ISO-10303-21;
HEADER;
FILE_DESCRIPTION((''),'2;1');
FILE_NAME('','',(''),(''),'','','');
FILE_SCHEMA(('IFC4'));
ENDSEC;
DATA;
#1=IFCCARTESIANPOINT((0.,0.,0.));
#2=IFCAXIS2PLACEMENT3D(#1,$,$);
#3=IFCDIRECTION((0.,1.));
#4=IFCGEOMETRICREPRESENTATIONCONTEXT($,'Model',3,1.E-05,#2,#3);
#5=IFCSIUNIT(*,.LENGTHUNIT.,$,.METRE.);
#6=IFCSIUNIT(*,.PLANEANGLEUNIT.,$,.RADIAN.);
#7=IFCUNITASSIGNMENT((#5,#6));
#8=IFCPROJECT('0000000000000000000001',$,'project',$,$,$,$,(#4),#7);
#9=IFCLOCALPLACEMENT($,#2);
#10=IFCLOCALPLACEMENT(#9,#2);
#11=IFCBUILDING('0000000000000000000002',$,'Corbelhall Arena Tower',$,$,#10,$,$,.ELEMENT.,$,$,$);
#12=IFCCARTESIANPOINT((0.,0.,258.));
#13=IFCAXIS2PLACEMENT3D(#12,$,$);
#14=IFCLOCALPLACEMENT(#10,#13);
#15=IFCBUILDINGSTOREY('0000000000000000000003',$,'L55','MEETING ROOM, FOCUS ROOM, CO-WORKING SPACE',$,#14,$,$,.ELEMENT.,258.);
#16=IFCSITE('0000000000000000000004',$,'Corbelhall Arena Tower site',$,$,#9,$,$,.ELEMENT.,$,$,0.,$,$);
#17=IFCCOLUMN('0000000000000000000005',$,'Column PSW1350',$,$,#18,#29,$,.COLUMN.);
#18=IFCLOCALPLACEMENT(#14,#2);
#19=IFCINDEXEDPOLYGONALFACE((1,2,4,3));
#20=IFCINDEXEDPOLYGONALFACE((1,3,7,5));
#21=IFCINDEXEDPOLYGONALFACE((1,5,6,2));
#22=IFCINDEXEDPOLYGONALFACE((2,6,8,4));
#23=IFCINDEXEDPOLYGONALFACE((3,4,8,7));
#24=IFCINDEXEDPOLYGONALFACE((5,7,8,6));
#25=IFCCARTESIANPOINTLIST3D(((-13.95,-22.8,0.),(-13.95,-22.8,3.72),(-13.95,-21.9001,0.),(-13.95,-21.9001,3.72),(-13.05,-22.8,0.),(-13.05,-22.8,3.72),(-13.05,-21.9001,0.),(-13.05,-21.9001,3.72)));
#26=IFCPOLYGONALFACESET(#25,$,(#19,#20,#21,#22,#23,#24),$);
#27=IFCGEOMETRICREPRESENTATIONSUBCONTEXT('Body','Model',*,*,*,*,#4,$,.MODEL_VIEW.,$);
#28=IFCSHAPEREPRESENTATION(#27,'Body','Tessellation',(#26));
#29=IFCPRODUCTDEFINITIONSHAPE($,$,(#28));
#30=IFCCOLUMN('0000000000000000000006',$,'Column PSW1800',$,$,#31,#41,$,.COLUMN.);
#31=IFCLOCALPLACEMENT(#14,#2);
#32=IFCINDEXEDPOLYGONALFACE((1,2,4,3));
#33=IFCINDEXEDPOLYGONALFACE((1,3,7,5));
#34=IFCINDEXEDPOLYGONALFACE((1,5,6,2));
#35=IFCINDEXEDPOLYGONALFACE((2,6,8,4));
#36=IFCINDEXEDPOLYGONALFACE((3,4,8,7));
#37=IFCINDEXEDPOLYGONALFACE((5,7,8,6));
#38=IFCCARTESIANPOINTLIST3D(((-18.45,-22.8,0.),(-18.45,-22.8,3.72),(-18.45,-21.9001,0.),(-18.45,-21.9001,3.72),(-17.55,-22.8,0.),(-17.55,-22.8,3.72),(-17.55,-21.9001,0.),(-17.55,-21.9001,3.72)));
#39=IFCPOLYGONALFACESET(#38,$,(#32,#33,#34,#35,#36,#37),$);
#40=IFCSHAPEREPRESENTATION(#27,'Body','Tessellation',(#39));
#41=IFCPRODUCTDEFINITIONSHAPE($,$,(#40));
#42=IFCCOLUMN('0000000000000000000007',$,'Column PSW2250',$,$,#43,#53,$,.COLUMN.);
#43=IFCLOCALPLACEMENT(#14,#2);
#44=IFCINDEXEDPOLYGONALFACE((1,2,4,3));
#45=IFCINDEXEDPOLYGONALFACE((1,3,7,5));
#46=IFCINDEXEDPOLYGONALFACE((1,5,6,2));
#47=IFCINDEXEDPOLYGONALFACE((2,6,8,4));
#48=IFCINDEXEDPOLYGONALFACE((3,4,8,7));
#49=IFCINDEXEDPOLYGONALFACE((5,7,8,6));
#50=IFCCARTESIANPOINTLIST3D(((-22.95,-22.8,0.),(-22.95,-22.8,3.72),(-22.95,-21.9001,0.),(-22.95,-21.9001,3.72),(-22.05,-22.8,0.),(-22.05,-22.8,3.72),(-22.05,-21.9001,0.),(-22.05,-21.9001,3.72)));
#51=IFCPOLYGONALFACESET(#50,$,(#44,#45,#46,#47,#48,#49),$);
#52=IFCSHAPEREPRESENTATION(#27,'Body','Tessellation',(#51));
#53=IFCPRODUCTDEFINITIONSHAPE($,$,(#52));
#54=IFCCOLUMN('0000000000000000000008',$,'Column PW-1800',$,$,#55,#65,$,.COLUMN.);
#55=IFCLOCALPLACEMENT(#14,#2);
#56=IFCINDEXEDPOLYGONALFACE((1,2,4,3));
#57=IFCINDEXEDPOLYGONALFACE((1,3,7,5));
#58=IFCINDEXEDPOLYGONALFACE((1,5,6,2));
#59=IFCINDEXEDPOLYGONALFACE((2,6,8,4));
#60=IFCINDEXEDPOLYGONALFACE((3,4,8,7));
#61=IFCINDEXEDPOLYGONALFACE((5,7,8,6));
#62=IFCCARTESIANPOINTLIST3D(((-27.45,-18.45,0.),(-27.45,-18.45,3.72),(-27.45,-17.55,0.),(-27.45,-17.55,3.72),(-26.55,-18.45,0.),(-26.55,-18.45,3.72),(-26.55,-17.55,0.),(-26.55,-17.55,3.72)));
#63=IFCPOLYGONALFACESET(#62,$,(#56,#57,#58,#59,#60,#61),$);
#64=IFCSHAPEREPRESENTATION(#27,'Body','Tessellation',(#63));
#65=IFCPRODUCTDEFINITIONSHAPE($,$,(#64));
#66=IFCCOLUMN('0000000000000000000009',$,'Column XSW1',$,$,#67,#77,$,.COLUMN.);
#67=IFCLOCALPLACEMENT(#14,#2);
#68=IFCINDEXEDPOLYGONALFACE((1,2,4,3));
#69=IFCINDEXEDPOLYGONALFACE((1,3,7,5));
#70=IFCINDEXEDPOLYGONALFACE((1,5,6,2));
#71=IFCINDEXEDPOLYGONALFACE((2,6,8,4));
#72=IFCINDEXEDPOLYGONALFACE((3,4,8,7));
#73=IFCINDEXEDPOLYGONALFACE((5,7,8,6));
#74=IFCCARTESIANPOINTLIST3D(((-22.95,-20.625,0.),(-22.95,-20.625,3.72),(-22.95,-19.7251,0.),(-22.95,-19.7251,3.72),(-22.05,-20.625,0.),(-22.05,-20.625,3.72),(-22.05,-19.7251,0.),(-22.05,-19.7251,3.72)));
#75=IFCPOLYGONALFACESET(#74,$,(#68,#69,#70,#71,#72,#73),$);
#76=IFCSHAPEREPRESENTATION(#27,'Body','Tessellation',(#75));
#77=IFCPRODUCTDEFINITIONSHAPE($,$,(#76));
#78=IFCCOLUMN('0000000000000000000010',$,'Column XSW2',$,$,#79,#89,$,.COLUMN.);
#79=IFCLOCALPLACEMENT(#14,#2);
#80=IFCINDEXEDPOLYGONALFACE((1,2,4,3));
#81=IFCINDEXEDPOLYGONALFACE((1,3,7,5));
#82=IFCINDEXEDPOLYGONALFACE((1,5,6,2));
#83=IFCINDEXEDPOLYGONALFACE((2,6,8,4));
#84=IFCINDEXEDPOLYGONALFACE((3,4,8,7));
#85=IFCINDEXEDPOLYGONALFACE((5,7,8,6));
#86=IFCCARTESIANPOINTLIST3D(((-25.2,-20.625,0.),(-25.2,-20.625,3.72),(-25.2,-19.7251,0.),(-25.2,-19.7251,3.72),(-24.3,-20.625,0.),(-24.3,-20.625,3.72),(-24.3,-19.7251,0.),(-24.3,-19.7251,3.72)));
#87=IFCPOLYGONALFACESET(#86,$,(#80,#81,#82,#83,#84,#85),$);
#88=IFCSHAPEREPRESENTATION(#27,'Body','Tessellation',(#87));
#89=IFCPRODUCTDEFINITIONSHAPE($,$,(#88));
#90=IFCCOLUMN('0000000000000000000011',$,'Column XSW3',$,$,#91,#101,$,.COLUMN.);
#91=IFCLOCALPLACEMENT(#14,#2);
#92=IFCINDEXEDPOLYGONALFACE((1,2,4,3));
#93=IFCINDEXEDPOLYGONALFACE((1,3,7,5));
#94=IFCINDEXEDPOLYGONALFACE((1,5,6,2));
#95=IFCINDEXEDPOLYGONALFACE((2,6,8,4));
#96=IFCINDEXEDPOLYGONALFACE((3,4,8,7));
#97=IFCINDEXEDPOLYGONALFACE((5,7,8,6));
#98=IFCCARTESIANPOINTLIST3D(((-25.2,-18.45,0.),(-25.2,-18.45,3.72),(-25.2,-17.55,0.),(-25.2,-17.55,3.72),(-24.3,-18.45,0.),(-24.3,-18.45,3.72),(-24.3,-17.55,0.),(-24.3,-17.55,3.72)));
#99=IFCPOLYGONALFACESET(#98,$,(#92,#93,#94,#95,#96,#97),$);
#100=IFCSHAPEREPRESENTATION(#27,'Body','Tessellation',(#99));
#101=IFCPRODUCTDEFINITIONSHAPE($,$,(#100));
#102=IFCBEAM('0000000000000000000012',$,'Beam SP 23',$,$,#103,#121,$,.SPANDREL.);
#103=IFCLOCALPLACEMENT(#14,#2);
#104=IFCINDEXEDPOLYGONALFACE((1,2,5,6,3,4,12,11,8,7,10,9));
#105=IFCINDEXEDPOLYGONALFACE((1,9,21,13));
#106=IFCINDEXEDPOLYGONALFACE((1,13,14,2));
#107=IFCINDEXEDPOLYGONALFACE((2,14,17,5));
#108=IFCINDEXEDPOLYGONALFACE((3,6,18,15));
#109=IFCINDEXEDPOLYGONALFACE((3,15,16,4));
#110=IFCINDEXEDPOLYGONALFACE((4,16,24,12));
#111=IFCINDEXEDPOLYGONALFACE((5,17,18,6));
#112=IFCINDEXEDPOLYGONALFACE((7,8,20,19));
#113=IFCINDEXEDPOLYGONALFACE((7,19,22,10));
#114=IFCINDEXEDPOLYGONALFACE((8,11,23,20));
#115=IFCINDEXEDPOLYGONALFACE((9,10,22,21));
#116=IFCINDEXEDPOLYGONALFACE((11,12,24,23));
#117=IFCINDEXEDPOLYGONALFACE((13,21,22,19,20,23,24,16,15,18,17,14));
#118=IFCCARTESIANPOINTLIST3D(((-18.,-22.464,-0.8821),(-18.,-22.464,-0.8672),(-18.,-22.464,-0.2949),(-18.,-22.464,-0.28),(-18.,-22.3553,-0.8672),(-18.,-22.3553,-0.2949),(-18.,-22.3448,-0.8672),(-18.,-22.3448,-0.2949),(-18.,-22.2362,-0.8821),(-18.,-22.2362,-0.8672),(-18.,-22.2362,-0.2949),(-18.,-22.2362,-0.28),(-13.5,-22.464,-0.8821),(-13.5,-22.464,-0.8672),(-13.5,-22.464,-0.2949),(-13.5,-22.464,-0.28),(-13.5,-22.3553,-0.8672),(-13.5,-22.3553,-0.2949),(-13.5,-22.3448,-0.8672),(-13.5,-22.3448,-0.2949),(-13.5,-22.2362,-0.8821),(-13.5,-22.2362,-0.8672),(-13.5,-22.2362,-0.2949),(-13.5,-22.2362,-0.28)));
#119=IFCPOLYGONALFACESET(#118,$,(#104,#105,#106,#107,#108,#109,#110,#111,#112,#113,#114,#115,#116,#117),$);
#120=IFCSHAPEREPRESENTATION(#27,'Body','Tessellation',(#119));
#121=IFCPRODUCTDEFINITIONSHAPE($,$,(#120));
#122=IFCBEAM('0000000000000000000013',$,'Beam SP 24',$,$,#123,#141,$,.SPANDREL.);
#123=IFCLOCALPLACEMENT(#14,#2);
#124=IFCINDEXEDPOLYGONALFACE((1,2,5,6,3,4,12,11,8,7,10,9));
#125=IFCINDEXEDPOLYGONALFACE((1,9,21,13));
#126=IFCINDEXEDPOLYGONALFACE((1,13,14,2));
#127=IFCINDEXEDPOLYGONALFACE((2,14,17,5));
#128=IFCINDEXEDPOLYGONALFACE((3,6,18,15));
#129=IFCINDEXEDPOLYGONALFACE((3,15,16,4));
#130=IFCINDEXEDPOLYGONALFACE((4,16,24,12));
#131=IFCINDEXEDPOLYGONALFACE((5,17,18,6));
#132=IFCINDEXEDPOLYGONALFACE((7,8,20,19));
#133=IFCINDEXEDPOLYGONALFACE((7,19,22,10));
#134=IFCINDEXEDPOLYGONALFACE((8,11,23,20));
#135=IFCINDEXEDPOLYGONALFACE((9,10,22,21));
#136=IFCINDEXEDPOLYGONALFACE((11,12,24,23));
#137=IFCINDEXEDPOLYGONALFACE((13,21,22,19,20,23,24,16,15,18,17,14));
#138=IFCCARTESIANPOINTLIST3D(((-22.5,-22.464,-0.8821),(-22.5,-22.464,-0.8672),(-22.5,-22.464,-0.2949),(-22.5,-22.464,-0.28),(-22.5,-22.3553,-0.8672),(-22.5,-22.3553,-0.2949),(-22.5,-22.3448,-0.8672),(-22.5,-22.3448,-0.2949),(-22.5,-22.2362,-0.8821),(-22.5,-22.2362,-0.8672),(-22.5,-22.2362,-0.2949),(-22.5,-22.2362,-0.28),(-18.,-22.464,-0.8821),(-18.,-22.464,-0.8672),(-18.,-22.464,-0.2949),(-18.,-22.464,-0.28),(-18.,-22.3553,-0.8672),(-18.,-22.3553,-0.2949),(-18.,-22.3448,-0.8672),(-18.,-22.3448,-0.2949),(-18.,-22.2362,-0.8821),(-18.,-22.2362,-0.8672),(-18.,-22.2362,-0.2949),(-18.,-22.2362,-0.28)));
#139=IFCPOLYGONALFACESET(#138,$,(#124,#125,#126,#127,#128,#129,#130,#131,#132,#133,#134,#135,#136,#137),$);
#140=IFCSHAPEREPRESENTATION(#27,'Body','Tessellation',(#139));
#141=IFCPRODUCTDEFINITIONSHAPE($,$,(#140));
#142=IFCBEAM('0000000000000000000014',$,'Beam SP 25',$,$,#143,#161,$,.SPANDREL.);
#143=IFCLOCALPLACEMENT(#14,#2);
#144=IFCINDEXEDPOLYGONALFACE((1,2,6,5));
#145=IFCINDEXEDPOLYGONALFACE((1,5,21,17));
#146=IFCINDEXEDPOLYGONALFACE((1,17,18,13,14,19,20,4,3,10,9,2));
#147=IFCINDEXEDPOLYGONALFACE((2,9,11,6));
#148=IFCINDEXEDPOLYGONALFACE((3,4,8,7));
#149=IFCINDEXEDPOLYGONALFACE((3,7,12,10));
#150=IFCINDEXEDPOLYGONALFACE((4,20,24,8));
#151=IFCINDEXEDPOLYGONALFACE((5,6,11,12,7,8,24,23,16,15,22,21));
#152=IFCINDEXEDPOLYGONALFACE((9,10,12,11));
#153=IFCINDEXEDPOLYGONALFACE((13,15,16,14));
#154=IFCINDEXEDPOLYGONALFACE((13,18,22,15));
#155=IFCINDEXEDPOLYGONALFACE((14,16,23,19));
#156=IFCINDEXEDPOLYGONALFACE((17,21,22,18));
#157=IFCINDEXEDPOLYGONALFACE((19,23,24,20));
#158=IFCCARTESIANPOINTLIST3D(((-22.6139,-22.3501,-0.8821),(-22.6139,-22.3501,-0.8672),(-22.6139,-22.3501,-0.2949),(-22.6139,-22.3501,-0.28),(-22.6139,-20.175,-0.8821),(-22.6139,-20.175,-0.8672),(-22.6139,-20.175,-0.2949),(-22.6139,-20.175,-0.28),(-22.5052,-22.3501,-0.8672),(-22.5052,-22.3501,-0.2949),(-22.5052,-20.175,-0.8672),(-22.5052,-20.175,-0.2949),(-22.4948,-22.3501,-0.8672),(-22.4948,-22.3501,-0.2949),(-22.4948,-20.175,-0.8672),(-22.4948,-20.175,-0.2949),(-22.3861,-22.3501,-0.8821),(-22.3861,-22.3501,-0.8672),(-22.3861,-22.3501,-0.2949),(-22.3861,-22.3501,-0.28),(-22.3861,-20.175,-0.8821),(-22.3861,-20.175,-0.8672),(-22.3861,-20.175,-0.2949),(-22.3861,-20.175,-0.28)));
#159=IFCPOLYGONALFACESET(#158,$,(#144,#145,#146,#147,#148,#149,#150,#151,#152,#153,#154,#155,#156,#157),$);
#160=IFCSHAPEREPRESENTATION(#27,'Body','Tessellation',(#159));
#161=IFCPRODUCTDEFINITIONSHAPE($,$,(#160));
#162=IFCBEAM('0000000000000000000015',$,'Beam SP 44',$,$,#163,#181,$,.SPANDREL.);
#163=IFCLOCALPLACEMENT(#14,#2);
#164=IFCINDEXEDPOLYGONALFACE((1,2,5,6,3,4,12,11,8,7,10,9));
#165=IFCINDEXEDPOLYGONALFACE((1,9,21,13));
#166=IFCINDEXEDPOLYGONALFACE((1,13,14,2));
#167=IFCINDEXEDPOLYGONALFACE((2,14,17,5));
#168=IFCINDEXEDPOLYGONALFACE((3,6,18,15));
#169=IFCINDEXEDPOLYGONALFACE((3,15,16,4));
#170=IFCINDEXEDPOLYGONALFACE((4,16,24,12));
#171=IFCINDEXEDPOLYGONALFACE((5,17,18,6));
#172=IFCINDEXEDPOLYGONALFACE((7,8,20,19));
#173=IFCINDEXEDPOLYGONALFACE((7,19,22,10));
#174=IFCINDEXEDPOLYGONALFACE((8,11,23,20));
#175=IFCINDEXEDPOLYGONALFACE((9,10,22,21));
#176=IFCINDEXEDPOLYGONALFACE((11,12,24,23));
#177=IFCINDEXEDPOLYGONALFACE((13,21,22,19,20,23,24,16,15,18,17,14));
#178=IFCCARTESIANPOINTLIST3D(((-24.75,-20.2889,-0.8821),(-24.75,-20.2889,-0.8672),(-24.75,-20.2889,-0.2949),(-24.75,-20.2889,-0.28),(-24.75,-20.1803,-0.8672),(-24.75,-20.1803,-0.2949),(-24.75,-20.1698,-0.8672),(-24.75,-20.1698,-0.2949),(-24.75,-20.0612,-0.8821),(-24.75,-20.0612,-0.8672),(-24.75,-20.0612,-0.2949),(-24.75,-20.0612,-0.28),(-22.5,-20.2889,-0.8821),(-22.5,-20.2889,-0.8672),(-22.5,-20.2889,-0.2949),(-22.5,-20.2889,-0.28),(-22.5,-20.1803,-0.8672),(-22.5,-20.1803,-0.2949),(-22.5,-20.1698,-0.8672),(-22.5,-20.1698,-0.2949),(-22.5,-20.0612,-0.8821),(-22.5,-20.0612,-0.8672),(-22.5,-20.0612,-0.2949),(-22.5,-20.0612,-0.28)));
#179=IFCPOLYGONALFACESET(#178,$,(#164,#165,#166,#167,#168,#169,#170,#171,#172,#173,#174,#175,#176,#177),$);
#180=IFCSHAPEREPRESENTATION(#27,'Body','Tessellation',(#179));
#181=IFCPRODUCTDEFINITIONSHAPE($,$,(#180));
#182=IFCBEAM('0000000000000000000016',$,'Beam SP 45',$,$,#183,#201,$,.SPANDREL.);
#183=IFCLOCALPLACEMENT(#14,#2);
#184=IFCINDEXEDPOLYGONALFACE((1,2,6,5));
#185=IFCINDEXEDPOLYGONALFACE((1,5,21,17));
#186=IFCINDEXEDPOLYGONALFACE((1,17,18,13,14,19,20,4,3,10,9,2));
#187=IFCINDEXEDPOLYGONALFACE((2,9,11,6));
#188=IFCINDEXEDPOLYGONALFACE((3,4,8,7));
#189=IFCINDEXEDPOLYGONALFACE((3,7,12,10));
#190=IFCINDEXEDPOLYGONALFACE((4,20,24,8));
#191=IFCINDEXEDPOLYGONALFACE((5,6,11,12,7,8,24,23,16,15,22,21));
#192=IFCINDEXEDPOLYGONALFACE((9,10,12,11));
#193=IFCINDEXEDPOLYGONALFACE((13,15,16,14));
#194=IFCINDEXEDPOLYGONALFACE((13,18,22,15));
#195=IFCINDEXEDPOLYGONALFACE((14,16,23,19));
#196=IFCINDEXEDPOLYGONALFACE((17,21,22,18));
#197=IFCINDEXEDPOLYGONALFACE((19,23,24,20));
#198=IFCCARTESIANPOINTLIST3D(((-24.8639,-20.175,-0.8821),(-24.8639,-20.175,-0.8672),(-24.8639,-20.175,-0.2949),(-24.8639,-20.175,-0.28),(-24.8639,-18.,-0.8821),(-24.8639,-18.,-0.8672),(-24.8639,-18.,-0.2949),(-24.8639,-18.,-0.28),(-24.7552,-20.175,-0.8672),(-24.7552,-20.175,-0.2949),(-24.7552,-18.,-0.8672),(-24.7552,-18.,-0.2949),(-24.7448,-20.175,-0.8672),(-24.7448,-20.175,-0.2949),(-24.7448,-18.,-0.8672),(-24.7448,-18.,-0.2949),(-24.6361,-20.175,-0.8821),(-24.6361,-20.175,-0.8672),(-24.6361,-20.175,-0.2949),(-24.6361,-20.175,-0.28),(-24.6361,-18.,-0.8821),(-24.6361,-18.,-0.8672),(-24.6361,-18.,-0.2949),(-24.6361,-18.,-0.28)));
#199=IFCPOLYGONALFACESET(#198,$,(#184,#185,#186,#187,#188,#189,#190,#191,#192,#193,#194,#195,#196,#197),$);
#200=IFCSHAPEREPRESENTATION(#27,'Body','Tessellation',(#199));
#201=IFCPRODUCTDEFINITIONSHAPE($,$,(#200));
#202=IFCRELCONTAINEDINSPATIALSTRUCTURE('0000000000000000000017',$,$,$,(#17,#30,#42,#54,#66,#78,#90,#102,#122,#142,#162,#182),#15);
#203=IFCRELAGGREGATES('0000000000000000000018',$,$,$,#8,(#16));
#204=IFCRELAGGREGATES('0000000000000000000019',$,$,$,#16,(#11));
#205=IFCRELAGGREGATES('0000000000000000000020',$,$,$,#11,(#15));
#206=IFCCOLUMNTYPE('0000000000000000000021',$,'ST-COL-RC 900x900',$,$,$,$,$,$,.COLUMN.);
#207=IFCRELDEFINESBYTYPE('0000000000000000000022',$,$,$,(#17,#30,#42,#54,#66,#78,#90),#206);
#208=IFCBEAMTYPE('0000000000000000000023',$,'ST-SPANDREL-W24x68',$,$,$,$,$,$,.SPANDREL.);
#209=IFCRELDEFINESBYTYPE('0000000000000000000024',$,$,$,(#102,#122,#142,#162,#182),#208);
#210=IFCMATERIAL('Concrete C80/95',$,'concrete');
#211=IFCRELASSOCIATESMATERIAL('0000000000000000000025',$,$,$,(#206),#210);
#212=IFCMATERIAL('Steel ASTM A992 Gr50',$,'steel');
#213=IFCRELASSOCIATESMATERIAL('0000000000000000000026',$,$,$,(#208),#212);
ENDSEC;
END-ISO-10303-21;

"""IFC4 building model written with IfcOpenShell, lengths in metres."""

from ifc_helpers import new_model, si_unit, direction, frame, origin, origin_2d, place, context, subcontext, project, spatial, rectangle, i_section, extrude, material, material_profile, profile_set, type_object, element, save


model = new_model("IFC4")

# Units and contexts
model_context = context("Model", 3, precision=1e-05, world=origin(), true_north=direction((0.0, 1.0)))
body_context = subcontext(model_context, "Body", "Model", "MODEL_VIEW")
ifc_project = project(units=[si_unit("LENGTHUNIT", "METRE"), si_unit("PLANEANGLEUNIT", "RADIAN")], contexts=[model_context])

# Site, building, storey
site_placement = place(None, origin())
site = spatial("IfcSite", under=ifc_project, at=site_placement, Name="Corbelhall Arena Tower site", CompositionType="ELEMENT", RefElevation=0.0)
building_placement = place(site_placement, origin())
building = spatial("IfcBuilding", under=site, at=building_placement, Name="Corbelhall Arena Tower", CompositionType="ELEMENT")
storey_placement = place(building_placement, frame((0.0, 0.0, 258.0)))
storey = spatial("IfcBuildingStorey", under=building, at=storey_placement, Name="L55", Description="MEETING ROOM, FOCUS ROOM, CO-WORKING SPACE", CompositionType="ELEMENT", Elevation=258.0)

# Columns
ifc_material_1 = material(Name="Concrete C80/95", Category="concrete")
ifc_material_profile_1 = material_profile(ifc_material_1, rectangle(XDim=0.8999, YDim=0.8999, at=origin_2d()))
ifc_profile_set_1 = profile_set([ifc_material_profile_1], Name="Concrete C80/95")
column_type = type_object("IfcColumnType", Name="ST-COL-RC 900x900", PredefinedType="COLUMN", material=ifc_profile_set_1)
for number, where, z_axis, x_axis, name in (
    (1, (-13.5, -22.3501, 0.0), (0.0, 0.0, 1.0), (1.0, 0.0, 0.0), "Column PSW1350"),
    (2, (-18.0, -22.3501, 0.0), (0.0, 0.0, 1.0), (1.0, 0.0, 0.0), "Column PSW1800"),
    (3, (-22.5, -22.3501, 0.0), (0.0, 0.0, 1.0), (1.0, 0.0, 0.0), "Column PSW2250"),
    (4, (-27.0, -18.0, 0.0), (0.0, 0.0, 1.0), (0.0, 1.0, 0.0), "Column PW-1800"),
    (5, (-22.5, -20.175, 0.0), (0.0, 0.0, 1.0), (1.0, 0.0, 0.0), "Column XSW1"),
    (6, (-24.75, -20.175, 0.0), (0.0, 0.0, 1.0), (1.0, 0.0, 0.0), "Column XSW2"),
    (7, (-24.75, -18.0, 0.0), (0.0, 0.0, 1.0), (1.0, 0.0, 0.0), "Column XSW3"),
):
    element("IfcColumn", number, at=place(storey_placement, frame(where, z_axis=z_axis, x_axis=x_axis)), inside=storey, type_object=column_type, Name=name, PredefinedType="COLUMN", context=body_context, shape_type="SweptSolid", body=[
        extrude(rectangle(XDim=0.8999, YDim=0.8999, at=origin_2d()), origin(), (0.0, 0.0, 1.0), 3.72),
    ])

# Beams
ifc_material_2 = material(Name="Steel ASTM A992 Gr50", Category="steel")
ifc_material_profile_2 = material_profile(ifc_material_2, i_section(OverallWidth=0.2278, OverallDepth=0.6021, WebThickness=0.0105, FlangeThickness=0.0149, at=origin_2d()))
ifc_profile_set_2 = profile_set([ifc_material_profile_2], Name="Steel ASTM A992 Gr50")
beam_type_1 = type_object("IfcBeamType", Name="ST-SPANDREL-W24x68", PredefinedType="SPANDREL", material=ifc_profile_set_2)
for number, where, z_axis, x_axis, name in (
    (8, (-13.5, -22.3501, -0.5811), (-1.0, 0.0, 0.0), (0.0, -1.0, 0.0), "Beam SP 23"),
    (9, (-18.0, -22.3501, -0.5811), (-1.0, 0.0, 0.0), (0.0, -1.0, 0.0), "Beam SP 24"),
):
    element("IfcBeam", number, at=place(storey_placement, frame(where, z_axis=z_axis, x_axis=x_axis)), inside=storey, type_object=beam_type_1, Name=name, PredefinedType="SPANDREL", context=body_context, shape_type="SweptSolid", body=[
        extrude(i_section(OverallWidth=0.2278, OverallDepth=0.6021, WebThickness=0.0105, FlangeThickness=0.0149, at=origin_2d()), origin(), (0.0, 0.0, 1.0), 4.5),
    ])
beam_1_placement = place(storey_placement, frame((-22.5, -22.3501, -0.5811), z_axis=(0.0, 1.0, 0.0), x_axis=(-1.0, 0.0, 0.0)))
element("IfcBeam", 10, at=beam_1_placement, inside=storey, type_object=beam_type_1, Name="Beam SP 25", PredefinedType="SPANDREL", context=body_context, shape_type="SweptSolid", body=[
    extrude(i_section(OverallWidth=0.2278, OverallDepth=0.6021, WebThickness=0.0105, FlangeThickness=0.0149, at=origin_2d()), origin(), (0.0, 0.0, 1.0), 2.175),
])
beam_2_placement = place(storey_placement, frame((-22.5, -20.175, -0.5811), z_axis=(-1.0, 0.0, 0.0), x_axis=(0.0, -1.0, 0.0)))
element("IfcBeam", 11, at=beam_2_placement, inside=storey, type_object=beam_type_1, Name="Beam SP 44", PredefinedType="SPANDREL", context=body_context, shape_type="SweptSolid", body=[
    extrude(i_section(OverallWidth=0.2278, OverallDepth=0.6021, WebThickness=0.0105, FlangeThickness=0.0149, at=origin_2d()), origin(), (0.0, 0.0, 1.0), 2.25),
])
beam_3_placement = place(storey_placement, frame((-24.75, -20.175, -0.5811), z_axis=(0.0, 1.0, 0.0), x_axis=(-1.0, 0.0, 0.0)))
element("IfcBeam", 12, at=beam_3_placement, inside=storey, type_object=beam_type_1, Name="Beam SP 45", PredefinedType="SPANDREL", context=body_context, shape_type="SweptSolid", body=[
    extrude(i_section(OverallWidth=0.2278, OverallDepth=0.6021, WebThickness=0.0105, FlangeThickness=0.0149, at=origin_2d()), origin(), (0.0, 0.0, 1.0), 2.175),
])

save(model, "model.ifc")
